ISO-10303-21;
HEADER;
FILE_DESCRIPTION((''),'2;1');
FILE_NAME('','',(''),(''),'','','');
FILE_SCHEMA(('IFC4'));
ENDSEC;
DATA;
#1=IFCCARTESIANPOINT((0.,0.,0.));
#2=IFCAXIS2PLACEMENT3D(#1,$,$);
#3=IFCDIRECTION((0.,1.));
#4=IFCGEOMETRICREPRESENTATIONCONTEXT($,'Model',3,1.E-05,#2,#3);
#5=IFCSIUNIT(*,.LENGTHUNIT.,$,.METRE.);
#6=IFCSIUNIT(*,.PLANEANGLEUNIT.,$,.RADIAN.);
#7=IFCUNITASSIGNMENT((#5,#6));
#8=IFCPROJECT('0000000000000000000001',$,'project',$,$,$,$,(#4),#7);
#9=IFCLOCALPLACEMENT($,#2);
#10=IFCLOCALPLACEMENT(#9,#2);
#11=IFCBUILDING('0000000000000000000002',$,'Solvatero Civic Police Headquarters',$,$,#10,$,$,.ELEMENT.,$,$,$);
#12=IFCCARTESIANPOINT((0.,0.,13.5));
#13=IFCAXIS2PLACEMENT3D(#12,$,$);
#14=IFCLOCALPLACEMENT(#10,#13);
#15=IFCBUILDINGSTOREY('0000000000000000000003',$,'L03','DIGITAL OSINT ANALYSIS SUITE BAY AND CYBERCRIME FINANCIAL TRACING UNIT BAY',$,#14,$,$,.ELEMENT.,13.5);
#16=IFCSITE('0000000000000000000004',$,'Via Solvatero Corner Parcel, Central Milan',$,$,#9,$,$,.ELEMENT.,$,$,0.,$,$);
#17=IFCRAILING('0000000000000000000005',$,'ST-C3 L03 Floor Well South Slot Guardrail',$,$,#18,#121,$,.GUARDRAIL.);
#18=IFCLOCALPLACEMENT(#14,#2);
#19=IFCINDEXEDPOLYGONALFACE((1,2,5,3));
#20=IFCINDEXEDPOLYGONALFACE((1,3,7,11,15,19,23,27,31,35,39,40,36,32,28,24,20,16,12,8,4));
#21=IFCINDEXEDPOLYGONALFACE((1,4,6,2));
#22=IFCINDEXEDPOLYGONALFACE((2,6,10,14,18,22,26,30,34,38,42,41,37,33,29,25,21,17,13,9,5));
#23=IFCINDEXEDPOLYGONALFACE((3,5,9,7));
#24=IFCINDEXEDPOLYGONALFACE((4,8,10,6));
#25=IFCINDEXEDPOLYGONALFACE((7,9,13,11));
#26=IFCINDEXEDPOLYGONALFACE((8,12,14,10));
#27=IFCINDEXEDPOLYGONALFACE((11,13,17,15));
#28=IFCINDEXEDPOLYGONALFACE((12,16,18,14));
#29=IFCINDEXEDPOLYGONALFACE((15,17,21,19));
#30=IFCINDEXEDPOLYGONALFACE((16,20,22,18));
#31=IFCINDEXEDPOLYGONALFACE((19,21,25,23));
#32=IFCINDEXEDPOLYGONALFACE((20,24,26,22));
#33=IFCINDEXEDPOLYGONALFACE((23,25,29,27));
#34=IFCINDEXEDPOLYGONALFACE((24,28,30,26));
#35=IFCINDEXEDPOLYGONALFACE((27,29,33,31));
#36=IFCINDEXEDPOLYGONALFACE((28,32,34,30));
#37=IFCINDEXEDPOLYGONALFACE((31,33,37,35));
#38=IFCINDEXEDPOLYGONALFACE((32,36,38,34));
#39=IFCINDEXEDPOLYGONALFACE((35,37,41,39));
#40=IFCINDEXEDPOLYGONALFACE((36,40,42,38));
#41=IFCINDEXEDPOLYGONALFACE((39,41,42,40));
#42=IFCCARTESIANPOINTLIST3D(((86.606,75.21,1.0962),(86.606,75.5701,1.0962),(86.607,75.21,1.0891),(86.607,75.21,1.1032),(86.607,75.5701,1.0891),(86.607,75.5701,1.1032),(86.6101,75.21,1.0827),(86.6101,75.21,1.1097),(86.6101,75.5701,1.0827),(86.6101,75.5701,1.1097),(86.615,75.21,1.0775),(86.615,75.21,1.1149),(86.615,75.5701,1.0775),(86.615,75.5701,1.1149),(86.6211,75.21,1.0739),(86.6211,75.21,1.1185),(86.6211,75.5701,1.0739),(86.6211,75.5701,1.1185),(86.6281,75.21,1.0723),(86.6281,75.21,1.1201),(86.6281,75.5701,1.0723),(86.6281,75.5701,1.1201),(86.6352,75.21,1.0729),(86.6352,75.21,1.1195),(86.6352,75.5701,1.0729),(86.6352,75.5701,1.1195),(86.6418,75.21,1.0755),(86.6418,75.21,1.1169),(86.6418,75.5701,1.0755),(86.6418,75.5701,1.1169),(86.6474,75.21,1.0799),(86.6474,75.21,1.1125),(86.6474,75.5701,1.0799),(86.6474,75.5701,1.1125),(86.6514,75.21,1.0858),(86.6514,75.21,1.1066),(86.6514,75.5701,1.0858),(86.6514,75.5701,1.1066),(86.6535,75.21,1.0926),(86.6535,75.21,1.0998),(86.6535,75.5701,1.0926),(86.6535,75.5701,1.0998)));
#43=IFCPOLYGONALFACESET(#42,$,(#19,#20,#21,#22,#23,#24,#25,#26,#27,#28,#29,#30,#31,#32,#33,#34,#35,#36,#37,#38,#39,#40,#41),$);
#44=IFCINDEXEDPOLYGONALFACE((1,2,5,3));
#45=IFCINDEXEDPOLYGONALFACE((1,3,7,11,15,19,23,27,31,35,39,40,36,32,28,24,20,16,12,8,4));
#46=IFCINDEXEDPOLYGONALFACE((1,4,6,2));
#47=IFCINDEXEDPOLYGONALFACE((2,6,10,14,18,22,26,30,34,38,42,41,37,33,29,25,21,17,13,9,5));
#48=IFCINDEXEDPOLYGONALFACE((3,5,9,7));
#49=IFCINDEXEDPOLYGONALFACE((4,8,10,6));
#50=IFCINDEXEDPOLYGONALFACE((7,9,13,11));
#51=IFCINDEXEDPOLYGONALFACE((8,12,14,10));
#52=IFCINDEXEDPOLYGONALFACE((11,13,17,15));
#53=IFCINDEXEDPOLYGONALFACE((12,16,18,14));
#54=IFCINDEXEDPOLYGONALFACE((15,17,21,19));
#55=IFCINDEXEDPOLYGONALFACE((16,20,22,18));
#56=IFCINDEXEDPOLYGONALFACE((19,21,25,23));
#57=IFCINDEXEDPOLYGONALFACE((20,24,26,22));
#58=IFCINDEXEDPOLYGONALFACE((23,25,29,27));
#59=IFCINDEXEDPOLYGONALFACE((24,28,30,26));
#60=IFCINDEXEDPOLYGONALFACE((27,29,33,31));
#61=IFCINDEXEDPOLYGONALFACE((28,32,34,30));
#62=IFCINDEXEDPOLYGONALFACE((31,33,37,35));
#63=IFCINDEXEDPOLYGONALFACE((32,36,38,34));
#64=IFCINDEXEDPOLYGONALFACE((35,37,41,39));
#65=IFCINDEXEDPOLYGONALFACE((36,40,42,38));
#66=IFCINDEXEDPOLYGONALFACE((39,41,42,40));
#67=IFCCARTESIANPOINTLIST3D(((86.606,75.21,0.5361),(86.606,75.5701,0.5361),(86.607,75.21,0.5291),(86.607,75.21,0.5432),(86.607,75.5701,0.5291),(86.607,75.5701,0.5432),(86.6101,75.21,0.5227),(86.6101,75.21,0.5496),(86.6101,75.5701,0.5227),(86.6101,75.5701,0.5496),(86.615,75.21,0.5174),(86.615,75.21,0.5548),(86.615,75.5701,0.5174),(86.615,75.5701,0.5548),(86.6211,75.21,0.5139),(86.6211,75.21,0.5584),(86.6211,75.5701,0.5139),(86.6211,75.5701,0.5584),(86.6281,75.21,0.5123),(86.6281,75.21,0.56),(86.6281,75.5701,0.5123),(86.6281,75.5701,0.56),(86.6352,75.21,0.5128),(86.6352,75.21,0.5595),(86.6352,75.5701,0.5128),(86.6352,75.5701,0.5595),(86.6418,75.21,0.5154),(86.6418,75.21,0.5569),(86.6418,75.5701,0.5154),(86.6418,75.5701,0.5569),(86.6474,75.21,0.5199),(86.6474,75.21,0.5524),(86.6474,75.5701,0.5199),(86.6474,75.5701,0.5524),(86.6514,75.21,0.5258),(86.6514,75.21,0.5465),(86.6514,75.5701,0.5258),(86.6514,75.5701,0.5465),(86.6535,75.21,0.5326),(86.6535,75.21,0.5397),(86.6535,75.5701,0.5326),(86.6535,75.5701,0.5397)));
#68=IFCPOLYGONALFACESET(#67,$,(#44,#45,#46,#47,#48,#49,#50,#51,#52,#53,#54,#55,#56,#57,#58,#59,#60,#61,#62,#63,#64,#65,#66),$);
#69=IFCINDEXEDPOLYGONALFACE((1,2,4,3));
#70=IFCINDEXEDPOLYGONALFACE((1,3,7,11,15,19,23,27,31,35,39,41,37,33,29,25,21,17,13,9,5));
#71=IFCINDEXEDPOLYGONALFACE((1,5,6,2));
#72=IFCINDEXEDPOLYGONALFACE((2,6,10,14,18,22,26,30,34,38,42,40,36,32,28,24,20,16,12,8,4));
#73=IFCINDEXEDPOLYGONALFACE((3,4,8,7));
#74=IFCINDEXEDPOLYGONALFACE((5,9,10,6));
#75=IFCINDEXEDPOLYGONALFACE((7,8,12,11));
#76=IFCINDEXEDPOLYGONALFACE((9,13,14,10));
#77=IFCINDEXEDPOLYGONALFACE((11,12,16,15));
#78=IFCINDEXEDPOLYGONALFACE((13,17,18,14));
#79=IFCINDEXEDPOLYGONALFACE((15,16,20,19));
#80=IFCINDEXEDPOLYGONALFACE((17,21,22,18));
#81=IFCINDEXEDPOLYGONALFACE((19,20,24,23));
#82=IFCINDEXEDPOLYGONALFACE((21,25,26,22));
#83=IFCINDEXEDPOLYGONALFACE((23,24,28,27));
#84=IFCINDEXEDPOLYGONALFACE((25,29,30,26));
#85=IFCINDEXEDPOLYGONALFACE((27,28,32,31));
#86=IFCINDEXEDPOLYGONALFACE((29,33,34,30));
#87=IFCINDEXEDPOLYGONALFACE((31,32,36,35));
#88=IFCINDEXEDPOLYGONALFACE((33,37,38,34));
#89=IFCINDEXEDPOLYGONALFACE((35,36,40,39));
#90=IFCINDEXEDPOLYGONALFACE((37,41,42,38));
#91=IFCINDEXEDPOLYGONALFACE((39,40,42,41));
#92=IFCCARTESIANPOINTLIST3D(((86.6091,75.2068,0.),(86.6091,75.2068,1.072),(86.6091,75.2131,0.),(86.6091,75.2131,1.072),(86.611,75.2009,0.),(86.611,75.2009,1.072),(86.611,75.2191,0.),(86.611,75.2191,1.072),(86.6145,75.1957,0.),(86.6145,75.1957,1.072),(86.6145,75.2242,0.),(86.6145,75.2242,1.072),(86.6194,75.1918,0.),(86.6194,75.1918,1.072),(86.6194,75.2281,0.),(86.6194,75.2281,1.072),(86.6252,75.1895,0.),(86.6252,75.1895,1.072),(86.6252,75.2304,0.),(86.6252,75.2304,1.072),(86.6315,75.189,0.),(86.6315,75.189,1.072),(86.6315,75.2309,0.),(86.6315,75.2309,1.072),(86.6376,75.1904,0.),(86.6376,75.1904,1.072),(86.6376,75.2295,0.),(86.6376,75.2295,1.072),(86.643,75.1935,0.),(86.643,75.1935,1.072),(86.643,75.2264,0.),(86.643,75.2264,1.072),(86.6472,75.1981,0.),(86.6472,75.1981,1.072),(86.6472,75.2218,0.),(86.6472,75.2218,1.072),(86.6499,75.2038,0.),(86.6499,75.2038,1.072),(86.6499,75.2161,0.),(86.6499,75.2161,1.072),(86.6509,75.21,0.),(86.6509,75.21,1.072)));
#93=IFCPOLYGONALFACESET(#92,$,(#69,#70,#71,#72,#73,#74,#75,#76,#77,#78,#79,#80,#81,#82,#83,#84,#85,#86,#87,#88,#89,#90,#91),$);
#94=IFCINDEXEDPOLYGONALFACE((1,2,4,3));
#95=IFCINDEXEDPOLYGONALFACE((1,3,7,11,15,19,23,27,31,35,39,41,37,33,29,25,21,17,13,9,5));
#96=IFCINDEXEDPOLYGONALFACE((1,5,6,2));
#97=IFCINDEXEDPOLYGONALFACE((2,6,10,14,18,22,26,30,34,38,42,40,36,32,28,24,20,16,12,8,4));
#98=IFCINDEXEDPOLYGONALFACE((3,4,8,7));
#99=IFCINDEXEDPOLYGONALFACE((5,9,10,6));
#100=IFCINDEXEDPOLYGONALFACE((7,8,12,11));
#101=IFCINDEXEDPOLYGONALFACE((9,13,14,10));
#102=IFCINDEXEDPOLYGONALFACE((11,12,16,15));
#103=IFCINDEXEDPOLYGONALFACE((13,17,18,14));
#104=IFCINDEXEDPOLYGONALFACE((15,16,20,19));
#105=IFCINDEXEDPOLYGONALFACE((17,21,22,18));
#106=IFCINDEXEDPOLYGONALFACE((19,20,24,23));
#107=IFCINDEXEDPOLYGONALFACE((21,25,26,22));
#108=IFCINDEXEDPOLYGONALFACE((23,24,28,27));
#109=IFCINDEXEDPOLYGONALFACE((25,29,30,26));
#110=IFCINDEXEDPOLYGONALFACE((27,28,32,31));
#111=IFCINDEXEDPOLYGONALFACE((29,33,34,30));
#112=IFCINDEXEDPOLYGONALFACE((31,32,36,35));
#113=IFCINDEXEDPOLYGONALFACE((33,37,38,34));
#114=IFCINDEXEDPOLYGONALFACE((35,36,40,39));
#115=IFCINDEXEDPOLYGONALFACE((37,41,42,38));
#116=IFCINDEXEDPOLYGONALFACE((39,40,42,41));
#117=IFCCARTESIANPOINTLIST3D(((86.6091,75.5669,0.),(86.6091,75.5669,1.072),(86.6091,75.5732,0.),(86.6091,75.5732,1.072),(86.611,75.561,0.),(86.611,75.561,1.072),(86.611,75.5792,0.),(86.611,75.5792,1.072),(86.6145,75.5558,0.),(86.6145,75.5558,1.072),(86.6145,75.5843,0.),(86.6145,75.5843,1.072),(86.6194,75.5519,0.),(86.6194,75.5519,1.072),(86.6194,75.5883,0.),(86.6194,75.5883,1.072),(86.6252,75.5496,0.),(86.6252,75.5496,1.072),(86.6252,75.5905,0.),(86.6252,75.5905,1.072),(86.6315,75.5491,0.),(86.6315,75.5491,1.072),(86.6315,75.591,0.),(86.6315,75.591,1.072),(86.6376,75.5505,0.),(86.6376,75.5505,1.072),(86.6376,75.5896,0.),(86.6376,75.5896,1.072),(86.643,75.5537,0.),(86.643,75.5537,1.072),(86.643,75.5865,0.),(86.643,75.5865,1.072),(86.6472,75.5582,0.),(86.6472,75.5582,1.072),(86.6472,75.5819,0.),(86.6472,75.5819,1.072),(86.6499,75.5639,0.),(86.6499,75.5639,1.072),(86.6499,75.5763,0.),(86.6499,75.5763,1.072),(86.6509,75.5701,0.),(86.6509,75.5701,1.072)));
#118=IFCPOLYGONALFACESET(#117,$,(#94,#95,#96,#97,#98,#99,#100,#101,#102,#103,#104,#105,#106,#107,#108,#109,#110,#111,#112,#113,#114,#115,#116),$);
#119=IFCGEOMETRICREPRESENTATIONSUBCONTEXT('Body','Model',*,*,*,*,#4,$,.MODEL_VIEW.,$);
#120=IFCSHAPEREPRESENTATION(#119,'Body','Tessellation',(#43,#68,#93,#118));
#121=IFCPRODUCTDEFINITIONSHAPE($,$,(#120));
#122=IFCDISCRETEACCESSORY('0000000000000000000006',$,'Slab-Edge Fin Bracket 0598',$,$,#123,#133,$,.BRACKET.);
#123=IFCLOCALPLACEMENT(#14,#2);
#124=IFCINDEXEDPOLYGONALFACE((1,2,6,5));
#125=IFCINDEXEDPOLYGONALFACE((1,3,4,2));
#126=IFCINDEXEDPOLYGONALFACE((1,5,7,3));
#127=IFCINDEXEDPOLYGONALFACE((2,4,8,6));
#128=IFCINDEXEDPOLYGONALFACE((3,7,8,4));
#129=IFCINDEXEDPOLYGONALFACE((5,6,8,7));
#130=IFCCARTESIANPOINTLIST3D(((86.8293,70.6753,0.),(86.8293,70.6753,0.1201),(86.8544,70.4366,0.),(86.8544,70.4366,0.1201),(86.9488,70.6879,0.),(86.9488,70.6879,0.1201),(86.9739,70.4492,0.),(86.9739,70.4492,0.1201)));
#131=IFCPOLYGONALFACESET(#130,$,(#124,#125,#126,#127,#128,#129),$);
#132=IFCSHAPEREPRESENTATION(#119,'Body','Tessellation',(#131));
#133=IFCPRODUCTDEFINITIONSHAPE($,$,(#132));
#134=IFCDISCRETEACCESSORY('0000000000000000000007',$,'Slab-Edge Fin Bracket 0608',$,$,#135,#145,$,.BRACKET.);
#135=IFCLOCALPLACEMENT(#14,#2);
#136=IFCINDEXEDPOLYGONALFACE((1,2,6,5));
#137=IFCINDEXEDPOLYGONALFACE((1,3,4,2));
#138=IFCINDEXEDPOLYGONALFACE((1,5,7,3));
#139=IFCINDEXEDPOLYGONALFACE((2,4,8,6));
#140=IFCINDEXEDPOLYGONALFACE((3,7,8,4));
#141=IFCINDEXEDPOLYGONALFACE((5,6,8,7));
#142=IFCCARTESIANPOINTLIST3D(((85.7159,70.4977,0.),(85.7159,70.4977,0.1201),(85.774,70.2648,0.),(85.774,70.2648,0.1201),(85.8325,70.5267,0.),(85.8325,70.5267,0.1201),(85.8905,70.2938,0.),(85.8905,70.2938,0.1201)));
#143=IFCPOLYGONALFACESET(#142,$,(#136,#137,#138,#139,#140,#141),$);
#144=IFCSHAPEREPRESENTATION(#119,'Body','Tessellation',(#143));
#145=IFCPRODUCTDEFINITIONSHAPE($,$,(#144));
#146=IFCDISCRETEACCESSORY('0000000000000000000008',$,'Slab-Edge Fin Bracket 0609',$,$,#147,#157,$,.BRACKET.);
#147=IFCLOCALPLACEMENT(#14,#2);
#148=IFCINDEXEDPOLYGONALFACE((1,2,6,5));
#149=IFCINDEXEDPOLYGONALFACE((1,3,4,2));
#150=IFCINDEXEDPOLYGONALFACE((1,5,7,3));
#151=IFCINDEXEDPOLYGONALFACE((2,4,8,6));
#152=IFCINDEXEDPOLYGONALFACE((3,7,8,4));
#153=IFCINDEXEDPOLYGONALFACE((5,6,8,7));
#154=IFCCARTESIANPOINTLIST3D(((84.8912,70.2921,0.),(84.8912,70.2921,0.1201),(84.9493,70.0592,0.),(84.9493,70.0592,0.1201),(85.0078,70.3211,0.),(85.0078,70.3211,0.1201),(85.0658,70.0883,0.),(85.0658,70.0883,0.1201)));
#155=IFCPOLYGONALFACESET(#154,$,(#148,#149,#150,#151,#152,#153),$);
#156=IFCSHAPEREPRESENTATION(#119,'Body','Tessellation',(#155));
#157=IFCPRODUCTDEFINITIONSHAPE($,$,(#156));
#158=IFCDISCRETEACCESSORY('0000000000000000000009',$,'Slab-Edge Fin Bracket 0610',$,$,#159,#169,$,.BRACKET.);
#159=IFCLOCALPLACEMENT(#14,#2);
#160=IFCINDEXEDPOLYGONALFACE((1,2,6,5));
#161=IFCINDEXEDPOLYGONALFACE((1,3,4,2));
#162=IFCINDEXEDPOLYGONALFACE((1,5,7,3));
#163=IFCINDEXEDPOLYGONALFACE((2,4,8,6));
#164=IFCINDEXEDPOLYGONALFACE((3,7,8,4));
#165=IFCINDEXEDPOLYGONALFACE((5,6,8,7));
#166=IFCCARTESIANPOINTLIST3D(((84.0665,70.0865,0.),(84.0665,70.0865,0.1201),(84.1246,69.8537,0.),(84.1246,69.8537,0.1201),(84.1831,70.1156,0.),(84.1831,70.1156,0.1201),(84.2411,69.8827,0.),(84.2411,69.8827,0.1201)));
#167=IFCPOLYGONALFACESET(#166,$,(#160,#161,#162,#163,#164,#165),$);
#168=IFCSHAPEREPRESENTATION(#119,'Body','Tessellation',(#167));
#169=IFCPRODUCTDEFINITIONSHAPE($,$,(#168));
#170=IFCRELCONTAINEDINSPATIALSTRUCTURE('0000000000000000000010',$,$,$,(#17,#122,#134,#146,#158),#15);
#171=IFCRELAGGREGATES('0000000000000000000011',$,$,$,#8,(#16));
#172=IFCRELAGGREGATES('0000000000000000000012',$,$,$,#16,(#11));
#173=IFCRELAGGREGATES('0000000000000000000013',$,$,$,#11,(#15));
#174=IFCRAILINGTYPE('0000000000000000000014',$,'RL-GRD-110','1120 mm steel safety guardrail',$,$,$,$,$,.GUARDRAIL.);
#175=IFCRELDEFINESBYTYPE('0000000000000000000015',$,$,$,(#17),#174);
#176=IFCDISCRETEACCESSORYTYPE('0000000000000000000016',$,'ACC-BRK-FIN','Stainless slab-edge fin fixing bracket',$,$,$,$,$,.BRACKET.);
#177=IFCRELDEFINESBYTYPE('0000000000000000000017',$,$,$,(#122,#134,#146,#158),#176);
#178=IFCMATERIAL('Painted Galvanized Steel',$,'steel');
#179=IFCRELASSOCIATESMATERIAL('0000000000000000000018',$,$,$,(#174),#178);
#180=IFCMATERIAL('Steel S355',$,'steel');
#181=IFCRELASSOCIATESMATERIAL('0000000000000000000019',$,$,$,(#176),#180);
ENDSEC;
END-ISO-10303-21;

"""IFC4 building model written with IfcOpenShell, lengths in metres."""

from ifc_helpers import new_model, si_unit, direction, frame, origin, origin_2d, place, context, subcontext, project, spatial, rectangle, circle, extrude, material, type_object, element, save


model = new_model("IFC4")

# Units and contexts
model_context = context("Model", 3, precision=1e-05, world=origin(), true_north=direction((0.0, 1.0)))
body_context = subcontext(model_context, "Body", "Model", "MODEL_VIEW")
ifc_project = project(units=[si_unit("LENGTHUNIT", "METRE"), si_unit("PLANEANGLEUNIT", "RADIAN")], contexts=[model_context])

# Site, building, storey
site_placement = place(None, origin())
site = spatial("IfcSite", under=ifc_project, at=site_placement, Name="Via Solvatero Corner Parcel, Central Milan", CompositionType="ELEMENT", RefElevation=0.0)
building_placement = place(site_placement, origin())
building = spatial("IfcBuilding", under=site, at=building_placement, Name="Solvatero Civic Police Headquarters", CompositionType="ELEMENT")
storey_placement = place(building_placement, frame((0.0, 0.0, 13.5)))
storey = spatial("IfcBuildingStorey", under=building, at=storey_placement, Name="L03", Description="DIGITAL OSINT ANALYSIS SUITE BAY AND CYBERCRIME FINANCIAL TRACING UNIT BAY", CompositionType="ELEMENT", Elevation=13.5)

# Shared definitions
ifc_material_1 = material(Name="Steel S355", Category="steel")

# Railing
ifc_material_2 = material(Name="Painted Galvanized Steel", Category="steel")
railing_type_1 = type_object("IfcRailingType", Name="RL-GRD-110", Description="1120 mm steel safety guardrail", PredefinedType="GUARDRAIL", material=ifc_material_2)
railing_1_placement = place(storey_placement, frame((86.6299, 75.21, 0.0)))
element("IfcRailing", 1, at=railing_1_placement, inside=storey, type_object=railing_type_1, Name="ST-C3 L03 Floor Well South Slot Guardrail", PredefinedType="GUARDRAIL", context=body_context, shape_type="SweptSolid", body=[
    extrude(circle(Radius=0.0239, at=origin_2d()), frame((0.0, 0.0, 1.0962), z_axis=(0.0, 1.0, 0.0), x_axis=(-1.0, 0.0, 0.0)), (0.0, 0.0, 1.0), 0.3601),
    extrude(circle(Radius=0.0239, at=origin_2d()), frame((0.0, 0.0, 0.5361), z_axis=(0.0, 1.0, 0.0), x_axis=(-1.0, 0.0, 0.0)), (0.0, 0.0, 1.0), 0.3601),
    extrude(circle(Radius=0.021, at=origin_2d()), origin(), (0.0, 0.0, 1.0), 1.072),
    extrude(circle(Radius=0.021, at=origin_2d()), frame((0.0, 0.3601, 0.0)), (0.0, 0.0, 1.0), 1.072),
])

# Discrete accessories
discrete_accessory_type = type_object("IfcDiscreteAccessoryType", Name="ACC-BRK-FIN", Description="Stainless slab-edge fin fixing bracket", PredefinedType="BRACKET", material=ifc_material_1)
for number, where, z_axis, x_axis, name in (
    (2, (86.9016, 70.5623, 0.0), (0.0, 0.0, 1.0), (-0.994522, -0.104528, 0.0), "Slab-Edge Fin Bracket 0598"),
    (3, (85.8032, 70.3958, 0.0), (0.0, 0.0, 1.0), (-0.9703, -0.241905, 0.0), "Slab-Edge Fin Bracket 0608"),
    (4, (84.9785, 70.1902, 0.0), (0.0, 0.0, 1.0), (-0.9703, -0.241905, 0.0), "Slab-Edge Fin Bracket 0609"),
    (5, (84.1538, 69.9846, 0.0), (0.0, 0.0, 1.0), (-0.9703, -0.241905, 0.0), "Slab-Edge Fin Bracket 0610"),
):
    element("IfcDiscreteAccessory", number, at=place(storey_placement, frame(where, z_axis=z_axis, x_axis=x_axis)), inside=storey, type_object=discrete_accessory_type, Name=name, PredefinedType="BRACKET", context=body_context, shape_type="SweptSolid", body=[
        extrude(rectangle(XDim=0.1201, YDim=0.24, at=origin_2d()), origin(), (0.0, 0.0, 1.0), 0.1201),
    ])

save(model, "model.ifc")
